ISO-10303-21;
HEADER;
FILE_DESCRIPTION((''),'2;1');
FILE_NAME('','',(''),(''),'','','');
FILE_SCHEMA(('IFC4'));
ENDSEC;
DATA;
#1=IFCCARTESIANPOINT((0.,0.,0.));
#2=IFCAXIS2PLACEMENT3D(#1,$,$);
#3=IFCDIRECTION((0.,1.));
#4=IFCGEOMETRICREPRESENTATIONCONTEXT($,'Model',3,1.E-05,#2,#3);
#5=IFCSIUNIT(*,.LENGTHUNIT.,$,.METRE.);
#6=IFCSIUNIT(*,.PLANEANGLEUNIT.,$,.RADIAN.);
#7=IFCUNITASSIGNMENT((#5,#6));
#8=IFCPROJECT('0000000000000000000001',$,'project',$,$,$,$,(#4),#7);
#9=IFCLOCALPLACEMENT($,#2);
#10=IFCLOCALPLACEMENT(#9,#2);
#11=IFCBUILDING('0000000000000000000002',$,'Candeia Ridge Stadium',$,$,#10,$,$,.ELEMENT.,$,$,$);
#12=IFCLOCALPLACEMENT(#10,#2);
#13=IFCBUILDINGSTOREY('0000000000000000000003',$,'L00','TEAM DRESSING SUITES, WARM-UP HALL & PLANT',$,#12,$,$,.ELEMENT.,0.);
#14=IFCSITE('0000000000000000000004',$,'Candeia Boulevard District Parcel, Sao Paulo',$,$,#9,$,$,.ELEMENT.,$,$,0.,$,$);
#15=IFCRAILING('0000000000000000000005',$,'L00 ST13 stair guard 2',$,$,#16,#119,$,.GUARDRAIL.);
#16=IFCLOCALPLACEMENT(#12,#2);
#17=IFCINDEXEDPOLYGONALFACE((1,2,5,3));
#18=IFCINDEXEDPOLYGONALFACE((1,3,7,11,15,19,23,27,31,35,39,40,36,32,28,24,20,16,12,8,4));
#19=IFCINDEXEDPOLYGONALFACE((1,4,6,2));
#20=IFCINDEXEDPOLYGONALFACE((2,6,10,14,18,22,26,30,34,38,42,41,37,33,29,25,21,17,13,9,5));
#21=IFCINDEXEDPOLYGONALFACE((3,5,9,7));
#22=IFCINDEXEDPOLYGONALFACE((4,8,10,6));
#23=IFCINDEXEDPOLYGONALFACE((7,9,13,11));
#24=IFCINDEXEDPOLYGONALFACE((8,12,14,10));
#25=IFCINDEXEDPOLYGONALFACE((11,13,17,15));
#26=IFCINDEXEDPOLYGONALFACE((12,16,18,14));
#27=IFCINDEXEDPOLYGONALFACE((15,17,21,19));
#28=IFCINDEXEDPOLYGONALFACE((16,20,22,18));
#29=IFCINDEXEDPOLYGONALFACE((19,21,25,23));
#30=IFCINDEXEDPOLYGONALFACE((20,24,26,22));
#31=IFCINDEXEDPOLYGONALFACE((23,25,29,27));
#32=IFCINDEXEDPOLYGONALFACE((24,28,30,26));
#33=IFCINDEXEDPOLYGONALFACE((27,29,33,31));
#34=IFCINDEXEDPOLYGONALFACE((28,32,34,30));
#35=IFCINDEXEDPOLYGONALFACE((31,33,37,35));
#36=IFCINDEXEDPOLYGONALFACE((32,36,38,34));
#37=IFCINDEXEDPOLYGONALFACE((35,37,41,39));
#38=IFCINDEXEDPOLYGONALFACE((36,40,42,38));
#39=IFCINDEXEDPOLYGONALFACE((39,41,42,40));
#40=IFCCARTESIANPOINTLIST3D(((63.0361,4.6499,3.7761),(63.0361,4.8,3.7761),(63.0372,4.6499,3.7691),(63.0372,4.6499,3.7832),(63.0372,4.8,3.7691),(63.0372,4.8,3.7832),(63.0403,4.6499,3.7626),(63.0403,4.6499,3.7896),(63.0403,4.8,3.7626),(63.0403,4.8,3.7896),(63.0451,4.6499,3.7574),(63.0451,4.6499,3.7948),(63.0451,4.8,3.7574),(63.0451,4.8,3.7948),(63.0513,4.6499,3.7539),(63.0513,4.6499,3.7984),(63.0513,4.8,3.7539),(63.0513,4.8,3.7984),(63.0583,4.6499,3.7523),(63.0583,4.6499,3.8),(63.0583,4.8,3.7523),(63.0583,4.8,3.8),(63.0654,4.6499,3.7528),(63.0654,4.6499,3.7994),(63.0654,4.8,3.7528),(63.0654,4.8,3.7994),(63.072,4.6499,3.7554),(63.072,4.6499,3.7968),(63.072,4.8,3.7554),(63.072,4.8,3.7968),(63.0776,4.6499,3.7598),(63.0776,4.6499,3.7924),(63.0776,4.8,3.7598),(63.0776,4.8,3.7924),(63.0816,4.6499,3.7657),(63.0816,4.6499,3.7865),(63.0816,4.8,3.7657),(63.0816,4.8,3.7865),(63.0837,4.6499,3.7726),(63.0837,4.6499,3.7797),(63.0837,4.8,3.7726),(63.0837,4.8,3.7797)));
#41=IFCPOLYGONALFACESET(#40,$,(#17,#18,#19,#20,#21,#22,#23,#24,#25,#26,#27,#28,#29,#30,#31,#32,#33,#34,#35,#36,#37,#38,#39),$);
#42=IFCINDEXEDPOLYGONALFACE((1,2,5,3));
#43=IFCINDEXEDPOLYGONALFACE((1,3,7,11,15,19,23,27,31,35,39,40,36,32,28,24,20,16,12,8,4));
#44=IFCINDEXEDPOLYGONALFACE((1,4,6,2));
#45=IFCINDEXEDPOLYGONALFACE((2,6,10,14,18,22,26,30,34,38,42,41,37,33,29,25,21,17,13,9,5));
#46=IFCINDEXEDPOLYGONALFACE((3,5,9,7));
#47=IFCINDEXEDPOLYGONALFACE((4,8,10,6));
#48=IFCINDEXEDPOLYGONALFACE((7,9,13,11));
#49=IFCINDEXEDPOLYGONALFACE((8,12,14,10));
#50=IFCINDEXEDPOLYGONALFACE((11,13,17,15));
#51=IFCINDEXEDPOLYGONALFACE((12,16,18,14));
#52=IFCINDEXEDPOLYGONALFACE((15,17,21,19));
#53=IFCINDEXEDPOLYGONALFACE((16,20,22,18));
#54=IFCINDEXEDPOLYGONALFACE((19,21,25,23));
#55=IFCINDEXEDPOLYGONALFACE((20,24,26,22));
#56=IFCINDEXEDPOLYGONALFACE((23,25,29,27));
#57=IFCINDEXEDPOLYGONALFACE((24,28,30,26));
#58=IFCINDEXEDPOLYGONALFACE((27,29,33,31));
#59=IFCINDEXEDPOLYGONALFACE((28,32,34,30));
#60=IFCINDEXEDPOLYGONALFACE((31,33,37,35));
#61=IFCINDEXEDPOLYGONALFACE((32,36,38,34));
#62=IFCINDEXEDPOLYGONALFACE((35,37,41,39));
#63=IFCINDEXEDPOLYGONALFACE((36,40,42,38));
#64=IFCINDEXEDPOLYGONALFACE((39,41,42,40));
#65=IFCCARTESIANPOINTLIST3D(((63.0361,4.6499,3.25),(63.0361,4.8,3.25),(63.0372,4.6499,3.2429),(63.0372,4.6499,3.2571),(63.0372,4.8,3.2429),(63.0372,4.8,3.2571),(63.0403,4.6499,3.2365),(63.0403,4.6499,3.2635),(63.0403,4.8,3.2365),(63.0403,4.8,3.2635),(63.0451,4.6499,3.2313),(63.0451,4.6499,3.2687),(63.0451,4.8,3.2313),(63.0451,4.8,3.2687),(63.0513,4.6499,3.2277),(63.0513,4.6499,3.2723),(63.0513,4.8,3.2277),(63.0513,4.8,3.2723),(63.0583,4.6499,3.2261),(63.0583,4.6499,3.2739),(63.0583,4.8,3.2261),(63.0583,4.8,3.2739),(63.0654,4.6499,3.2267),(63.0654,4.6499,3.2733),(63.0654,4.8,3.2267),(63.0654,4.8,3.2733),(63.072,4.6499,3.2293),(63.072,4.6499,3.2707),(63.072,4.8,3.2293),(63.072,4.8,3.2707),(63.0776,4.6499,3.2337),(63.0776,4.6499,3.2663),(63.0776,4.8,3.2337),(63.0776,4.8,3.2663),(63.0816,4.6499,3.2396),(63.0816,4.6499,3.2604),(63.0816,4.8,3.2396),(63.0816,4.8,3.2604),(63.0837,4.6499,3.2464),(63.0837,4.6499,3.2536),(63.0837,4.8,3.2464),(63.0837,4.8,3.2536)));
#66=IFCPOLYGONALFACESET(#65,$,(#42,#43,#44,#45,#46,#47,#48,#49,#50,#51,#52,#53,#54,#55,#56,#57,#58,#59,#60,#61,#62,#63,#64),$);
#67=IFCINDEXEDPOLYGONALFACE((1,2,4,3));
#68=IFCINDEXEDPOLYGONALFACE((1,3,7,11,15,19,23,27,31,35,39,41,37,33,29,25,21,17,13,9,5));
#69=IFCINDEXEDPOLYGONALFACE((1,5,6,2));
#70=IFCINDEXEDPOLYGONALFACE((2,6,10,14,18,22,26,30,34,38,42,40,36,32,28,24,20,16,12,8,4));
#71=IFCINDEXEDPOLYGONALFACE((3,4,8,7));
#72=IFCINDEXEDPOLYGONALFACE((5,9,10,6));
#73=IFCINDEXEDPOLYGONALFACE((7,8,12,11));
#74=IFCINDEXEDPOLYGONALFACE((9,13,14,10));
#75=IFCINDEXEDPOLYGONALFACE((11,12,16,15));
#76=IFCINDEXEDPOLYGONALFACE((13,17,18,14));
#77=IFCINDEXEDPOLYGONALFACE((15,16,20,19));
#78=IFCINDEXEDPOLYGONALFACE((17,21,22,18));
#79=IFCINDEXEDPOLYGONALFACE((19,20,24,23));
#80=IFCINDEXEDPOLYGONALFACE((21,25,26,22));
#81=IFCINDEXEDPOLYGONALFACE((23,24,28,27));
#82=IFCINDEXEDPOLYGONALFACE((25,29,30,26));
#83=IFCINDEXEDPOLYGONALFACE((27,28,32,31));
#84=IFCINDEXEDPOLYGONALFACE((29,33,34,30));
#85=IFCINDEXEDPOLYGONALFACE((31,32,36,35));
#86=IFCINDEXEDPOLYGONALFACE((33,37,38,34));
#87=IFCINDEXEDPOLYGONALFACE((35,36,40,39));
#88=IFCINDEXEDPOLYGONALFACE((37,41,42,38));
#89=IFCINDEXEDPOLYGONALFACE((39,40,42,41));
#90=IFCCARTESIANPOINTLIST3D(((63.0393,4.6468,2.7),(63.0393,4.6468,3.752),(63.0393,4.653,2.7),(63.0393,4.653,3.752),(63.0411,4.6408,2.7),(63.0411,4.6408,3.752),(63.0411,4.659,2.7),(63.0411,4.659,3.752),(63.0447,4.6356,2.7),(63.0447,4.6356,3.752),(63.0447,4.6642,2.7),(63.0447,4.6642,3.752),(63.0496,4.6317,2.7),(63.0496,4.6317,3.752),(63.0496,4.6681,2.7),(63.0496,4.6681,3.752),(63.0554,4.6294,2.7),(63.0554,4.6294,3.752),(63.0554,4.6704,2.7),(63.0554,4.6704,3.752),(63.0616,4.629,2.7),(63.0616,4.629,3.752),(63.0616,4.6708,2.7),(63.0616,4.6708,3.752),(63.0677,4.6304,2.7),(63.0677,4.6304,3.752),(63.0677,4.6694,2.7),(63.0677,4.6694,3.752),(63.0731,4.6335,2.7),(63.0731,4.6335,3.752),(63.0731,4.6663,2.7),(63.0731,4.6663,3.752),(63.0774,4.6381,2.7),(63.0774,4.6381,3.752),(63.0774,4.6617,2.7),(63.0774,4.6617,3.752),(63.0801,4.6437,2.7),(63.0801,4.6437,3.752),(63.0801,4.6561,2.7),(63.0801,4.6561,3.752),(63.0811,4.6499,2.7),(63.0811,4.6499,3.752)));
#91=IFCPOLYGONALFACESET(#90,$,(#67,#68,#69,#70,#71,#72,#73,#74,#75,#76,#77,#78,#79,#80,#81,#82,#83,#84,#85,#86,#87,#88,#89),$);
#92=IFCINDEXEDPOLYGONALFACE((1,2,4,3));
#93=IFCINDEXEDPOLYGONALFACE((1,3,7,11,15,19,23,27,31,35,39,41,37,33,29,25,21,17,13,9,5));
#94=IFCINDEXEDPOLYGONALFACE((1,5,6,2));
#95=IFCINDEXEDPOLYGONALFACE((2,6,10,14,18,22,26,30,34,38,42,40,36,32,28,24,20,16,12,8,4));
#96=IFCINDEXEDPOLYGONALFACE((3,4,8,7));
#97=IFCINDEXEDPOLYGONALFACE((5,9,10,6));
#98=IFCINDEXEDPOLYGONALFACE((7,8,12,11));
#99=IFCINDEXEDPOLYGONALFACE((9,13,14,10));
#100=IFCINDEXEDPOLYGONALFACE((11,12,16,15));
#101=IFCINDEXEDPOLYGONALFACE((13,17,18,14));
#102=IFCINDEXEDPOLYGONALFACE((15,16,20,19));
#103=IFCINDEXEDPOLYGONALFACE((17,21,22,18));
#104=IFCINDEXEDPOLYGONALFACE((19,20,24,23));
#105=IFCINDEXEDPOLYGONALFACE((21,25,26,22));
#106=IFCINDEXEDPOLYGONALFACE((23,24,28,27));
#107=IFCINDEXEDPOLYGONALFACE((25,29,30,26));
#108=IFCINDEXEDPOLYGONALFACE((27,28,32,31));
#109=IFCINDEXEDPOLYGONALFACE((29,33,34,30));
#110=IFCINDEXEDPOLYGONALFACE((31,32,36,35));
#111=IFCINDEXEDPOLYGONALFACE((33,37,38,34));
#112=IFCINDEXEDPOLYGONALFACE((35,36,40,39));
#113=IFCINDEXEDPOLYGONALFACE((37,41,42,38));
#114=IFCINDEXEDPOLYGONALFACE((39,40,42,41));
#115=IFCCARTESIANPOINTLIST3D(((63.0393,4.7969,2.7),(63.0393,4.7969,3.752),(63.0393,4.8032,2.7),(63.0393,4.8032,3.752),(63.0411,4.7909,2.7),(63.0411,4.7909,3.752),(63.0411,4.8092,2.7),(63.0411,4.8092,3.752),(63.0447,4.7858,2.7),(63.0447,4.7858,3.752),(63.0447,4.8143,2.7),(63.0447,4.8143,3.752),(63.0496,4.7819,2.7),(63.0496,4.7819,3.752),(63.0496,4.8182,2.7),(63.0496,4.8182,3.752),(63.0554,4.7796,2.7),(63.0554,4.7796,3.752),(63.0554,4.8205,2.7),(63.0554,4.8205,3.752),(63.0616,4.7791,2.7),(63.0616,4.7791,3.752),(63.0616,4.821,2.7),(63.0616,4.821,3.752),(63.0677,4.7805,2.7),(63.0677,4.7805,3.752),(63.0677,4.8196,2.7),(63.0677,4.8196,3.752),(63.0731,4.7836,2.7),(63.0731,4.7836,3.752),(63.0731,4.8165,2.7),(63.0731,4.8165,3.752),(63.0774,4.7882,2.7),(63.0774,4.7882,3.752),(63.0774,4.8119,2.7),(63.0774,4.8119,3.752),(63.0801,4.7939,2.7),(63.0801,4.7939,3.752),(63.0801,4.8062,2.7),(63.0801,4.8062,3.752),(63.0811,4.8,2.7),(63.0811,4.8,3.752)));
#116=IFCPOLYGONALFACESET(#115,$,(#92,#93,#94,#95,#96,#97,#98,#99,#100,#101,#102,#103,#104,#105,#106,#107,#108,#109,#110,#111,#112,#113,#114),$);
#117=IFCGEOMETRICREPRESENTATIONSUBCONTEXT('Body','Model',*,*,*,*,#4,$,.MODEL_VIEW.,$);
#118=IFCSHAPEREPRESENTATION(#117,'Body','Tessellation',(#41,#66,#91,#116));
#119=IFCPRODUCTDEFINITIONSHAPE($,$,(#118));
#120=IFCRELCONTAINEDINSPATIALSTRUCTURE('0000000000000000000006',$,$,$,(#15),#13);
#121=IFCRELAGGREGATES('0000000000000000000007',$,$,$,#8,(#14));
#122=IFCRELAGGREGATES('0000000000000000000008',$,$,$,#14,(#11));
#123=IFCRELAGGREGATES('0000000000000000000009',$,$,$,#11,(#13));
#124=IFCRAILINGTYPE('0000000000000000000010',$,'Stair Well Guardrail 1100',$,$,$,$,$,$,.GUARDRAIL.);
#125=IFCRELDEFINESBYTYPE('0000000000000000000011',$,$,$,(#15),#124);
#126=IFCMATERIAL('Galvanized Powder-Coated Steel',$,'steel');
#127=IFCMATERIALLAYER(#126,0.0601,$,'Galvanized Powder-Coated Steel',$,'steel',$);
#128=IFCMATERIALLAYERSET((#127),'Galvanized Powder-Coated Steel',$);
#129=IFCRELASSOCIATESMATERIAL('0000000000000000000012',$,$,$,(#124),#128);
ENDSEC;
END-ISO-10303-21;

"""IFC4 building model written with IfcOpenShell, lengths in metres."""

from ifc_helpers import new_model, si_unit, direction, frame, origin, origin_2d, place, context, subcontext, project, spatial, circle, extrude, material, layer, layer_set, type_object, element, save


model = new_model("IFC4")

# Units and contexts
model_context = context("Model", 3, precision=1e-05, world=origin(), true_north=direction((0.0, 1.0)))
body_context = subcontext(model_context, "Body", "Model", "MODEL_VIEW")
ifc_project = project(units=[si_unit("LENGTHUNIT", "METRE"), si_unit("PLANEANGLEUNIT", "RADIAN")], contexts=[model_context])

# Site, building, storey
site_placement = place(None, origin())
site = spatial("IfcSite", under=ifc_project, at=site_placement, Name="Candeia Boulevard District Parcel, Sao Paulo", CompositionType="ELEMENT", RefElevation=0.0)
building_placement = place(site_placement, origin())
building = spatial("IfcBuilding", under=site, at=building_placement, Name="Candeia Ridge Stadium", CompositionType="ELEMENT")
storey_placement = place(building_placement, origin())
storey = spatial("IfcBuildingStorey", under=building, at=storey_placement, Name="L00", Description="TEAM DRESSING SUITES, WARM-UP HALL & PLANT", CompositionType="ELEMENT", Elevation=0.0)

# Railing
ifc_material_1 = material(Name="Galvanized Powder-Coated Steel", Category="steel")
ifc_layer_1 = layer(ifc_material_1, 0.0601, Name="Galvanized Powder-Coated Steel", Category="steel")
ifc_layer_set_1 = layer_set([ifc_layer_1], Name="Galvanized Powder-Coated Steel")
railing_type_1 = type_object("IfcRailingType", Name="Stair Well Guardrail 1100", PredefinedType="GUARDRAIL", material=ifc_layer_set_1)
railing_1_placement = place(storey_placement, frame((63.0601, 4.6499, 2.7)))
element("IfcRailing", 1, at=railing_1_placement, inside=storey, type_object=railing_type_1, Name="L00 ST13 stair guard 2", PredefinedType="GUARDRAIL", context=body_context, shape_type="SweptSolid", body=[
    extrude(circle(Radius=0.0239, at=origin_2d()), frame((0.0, 0.0, 1.0762), z_axis=(0.0, 1.0, 0.0), x_axis=(-1.0, 0.0, 0.0)), (0.0, 0.0, 1.0), 0.1501),
    extrude(circle(Radius=0.0239, at=origin_2d()), frame((0.0, 0.0, 0.55), z_axis=(0.0, 1.0, 0.0), x_axis=(-1.0, 0.0, 0.0)), (0.0, 0.0, 1.0), 0.1501),
    extrude(circle(Radius=0.021, at=origin_2d()), origin(), (0.0, 0.0, 1.0), 1.052),
    extrude(circle(Radius=0.021, at=origin_2d()), frame((0.0, 0.1501, 0.0)), (0.0, 0.0, 1.0), 1.052),
])

save(model, "model.ifc")
